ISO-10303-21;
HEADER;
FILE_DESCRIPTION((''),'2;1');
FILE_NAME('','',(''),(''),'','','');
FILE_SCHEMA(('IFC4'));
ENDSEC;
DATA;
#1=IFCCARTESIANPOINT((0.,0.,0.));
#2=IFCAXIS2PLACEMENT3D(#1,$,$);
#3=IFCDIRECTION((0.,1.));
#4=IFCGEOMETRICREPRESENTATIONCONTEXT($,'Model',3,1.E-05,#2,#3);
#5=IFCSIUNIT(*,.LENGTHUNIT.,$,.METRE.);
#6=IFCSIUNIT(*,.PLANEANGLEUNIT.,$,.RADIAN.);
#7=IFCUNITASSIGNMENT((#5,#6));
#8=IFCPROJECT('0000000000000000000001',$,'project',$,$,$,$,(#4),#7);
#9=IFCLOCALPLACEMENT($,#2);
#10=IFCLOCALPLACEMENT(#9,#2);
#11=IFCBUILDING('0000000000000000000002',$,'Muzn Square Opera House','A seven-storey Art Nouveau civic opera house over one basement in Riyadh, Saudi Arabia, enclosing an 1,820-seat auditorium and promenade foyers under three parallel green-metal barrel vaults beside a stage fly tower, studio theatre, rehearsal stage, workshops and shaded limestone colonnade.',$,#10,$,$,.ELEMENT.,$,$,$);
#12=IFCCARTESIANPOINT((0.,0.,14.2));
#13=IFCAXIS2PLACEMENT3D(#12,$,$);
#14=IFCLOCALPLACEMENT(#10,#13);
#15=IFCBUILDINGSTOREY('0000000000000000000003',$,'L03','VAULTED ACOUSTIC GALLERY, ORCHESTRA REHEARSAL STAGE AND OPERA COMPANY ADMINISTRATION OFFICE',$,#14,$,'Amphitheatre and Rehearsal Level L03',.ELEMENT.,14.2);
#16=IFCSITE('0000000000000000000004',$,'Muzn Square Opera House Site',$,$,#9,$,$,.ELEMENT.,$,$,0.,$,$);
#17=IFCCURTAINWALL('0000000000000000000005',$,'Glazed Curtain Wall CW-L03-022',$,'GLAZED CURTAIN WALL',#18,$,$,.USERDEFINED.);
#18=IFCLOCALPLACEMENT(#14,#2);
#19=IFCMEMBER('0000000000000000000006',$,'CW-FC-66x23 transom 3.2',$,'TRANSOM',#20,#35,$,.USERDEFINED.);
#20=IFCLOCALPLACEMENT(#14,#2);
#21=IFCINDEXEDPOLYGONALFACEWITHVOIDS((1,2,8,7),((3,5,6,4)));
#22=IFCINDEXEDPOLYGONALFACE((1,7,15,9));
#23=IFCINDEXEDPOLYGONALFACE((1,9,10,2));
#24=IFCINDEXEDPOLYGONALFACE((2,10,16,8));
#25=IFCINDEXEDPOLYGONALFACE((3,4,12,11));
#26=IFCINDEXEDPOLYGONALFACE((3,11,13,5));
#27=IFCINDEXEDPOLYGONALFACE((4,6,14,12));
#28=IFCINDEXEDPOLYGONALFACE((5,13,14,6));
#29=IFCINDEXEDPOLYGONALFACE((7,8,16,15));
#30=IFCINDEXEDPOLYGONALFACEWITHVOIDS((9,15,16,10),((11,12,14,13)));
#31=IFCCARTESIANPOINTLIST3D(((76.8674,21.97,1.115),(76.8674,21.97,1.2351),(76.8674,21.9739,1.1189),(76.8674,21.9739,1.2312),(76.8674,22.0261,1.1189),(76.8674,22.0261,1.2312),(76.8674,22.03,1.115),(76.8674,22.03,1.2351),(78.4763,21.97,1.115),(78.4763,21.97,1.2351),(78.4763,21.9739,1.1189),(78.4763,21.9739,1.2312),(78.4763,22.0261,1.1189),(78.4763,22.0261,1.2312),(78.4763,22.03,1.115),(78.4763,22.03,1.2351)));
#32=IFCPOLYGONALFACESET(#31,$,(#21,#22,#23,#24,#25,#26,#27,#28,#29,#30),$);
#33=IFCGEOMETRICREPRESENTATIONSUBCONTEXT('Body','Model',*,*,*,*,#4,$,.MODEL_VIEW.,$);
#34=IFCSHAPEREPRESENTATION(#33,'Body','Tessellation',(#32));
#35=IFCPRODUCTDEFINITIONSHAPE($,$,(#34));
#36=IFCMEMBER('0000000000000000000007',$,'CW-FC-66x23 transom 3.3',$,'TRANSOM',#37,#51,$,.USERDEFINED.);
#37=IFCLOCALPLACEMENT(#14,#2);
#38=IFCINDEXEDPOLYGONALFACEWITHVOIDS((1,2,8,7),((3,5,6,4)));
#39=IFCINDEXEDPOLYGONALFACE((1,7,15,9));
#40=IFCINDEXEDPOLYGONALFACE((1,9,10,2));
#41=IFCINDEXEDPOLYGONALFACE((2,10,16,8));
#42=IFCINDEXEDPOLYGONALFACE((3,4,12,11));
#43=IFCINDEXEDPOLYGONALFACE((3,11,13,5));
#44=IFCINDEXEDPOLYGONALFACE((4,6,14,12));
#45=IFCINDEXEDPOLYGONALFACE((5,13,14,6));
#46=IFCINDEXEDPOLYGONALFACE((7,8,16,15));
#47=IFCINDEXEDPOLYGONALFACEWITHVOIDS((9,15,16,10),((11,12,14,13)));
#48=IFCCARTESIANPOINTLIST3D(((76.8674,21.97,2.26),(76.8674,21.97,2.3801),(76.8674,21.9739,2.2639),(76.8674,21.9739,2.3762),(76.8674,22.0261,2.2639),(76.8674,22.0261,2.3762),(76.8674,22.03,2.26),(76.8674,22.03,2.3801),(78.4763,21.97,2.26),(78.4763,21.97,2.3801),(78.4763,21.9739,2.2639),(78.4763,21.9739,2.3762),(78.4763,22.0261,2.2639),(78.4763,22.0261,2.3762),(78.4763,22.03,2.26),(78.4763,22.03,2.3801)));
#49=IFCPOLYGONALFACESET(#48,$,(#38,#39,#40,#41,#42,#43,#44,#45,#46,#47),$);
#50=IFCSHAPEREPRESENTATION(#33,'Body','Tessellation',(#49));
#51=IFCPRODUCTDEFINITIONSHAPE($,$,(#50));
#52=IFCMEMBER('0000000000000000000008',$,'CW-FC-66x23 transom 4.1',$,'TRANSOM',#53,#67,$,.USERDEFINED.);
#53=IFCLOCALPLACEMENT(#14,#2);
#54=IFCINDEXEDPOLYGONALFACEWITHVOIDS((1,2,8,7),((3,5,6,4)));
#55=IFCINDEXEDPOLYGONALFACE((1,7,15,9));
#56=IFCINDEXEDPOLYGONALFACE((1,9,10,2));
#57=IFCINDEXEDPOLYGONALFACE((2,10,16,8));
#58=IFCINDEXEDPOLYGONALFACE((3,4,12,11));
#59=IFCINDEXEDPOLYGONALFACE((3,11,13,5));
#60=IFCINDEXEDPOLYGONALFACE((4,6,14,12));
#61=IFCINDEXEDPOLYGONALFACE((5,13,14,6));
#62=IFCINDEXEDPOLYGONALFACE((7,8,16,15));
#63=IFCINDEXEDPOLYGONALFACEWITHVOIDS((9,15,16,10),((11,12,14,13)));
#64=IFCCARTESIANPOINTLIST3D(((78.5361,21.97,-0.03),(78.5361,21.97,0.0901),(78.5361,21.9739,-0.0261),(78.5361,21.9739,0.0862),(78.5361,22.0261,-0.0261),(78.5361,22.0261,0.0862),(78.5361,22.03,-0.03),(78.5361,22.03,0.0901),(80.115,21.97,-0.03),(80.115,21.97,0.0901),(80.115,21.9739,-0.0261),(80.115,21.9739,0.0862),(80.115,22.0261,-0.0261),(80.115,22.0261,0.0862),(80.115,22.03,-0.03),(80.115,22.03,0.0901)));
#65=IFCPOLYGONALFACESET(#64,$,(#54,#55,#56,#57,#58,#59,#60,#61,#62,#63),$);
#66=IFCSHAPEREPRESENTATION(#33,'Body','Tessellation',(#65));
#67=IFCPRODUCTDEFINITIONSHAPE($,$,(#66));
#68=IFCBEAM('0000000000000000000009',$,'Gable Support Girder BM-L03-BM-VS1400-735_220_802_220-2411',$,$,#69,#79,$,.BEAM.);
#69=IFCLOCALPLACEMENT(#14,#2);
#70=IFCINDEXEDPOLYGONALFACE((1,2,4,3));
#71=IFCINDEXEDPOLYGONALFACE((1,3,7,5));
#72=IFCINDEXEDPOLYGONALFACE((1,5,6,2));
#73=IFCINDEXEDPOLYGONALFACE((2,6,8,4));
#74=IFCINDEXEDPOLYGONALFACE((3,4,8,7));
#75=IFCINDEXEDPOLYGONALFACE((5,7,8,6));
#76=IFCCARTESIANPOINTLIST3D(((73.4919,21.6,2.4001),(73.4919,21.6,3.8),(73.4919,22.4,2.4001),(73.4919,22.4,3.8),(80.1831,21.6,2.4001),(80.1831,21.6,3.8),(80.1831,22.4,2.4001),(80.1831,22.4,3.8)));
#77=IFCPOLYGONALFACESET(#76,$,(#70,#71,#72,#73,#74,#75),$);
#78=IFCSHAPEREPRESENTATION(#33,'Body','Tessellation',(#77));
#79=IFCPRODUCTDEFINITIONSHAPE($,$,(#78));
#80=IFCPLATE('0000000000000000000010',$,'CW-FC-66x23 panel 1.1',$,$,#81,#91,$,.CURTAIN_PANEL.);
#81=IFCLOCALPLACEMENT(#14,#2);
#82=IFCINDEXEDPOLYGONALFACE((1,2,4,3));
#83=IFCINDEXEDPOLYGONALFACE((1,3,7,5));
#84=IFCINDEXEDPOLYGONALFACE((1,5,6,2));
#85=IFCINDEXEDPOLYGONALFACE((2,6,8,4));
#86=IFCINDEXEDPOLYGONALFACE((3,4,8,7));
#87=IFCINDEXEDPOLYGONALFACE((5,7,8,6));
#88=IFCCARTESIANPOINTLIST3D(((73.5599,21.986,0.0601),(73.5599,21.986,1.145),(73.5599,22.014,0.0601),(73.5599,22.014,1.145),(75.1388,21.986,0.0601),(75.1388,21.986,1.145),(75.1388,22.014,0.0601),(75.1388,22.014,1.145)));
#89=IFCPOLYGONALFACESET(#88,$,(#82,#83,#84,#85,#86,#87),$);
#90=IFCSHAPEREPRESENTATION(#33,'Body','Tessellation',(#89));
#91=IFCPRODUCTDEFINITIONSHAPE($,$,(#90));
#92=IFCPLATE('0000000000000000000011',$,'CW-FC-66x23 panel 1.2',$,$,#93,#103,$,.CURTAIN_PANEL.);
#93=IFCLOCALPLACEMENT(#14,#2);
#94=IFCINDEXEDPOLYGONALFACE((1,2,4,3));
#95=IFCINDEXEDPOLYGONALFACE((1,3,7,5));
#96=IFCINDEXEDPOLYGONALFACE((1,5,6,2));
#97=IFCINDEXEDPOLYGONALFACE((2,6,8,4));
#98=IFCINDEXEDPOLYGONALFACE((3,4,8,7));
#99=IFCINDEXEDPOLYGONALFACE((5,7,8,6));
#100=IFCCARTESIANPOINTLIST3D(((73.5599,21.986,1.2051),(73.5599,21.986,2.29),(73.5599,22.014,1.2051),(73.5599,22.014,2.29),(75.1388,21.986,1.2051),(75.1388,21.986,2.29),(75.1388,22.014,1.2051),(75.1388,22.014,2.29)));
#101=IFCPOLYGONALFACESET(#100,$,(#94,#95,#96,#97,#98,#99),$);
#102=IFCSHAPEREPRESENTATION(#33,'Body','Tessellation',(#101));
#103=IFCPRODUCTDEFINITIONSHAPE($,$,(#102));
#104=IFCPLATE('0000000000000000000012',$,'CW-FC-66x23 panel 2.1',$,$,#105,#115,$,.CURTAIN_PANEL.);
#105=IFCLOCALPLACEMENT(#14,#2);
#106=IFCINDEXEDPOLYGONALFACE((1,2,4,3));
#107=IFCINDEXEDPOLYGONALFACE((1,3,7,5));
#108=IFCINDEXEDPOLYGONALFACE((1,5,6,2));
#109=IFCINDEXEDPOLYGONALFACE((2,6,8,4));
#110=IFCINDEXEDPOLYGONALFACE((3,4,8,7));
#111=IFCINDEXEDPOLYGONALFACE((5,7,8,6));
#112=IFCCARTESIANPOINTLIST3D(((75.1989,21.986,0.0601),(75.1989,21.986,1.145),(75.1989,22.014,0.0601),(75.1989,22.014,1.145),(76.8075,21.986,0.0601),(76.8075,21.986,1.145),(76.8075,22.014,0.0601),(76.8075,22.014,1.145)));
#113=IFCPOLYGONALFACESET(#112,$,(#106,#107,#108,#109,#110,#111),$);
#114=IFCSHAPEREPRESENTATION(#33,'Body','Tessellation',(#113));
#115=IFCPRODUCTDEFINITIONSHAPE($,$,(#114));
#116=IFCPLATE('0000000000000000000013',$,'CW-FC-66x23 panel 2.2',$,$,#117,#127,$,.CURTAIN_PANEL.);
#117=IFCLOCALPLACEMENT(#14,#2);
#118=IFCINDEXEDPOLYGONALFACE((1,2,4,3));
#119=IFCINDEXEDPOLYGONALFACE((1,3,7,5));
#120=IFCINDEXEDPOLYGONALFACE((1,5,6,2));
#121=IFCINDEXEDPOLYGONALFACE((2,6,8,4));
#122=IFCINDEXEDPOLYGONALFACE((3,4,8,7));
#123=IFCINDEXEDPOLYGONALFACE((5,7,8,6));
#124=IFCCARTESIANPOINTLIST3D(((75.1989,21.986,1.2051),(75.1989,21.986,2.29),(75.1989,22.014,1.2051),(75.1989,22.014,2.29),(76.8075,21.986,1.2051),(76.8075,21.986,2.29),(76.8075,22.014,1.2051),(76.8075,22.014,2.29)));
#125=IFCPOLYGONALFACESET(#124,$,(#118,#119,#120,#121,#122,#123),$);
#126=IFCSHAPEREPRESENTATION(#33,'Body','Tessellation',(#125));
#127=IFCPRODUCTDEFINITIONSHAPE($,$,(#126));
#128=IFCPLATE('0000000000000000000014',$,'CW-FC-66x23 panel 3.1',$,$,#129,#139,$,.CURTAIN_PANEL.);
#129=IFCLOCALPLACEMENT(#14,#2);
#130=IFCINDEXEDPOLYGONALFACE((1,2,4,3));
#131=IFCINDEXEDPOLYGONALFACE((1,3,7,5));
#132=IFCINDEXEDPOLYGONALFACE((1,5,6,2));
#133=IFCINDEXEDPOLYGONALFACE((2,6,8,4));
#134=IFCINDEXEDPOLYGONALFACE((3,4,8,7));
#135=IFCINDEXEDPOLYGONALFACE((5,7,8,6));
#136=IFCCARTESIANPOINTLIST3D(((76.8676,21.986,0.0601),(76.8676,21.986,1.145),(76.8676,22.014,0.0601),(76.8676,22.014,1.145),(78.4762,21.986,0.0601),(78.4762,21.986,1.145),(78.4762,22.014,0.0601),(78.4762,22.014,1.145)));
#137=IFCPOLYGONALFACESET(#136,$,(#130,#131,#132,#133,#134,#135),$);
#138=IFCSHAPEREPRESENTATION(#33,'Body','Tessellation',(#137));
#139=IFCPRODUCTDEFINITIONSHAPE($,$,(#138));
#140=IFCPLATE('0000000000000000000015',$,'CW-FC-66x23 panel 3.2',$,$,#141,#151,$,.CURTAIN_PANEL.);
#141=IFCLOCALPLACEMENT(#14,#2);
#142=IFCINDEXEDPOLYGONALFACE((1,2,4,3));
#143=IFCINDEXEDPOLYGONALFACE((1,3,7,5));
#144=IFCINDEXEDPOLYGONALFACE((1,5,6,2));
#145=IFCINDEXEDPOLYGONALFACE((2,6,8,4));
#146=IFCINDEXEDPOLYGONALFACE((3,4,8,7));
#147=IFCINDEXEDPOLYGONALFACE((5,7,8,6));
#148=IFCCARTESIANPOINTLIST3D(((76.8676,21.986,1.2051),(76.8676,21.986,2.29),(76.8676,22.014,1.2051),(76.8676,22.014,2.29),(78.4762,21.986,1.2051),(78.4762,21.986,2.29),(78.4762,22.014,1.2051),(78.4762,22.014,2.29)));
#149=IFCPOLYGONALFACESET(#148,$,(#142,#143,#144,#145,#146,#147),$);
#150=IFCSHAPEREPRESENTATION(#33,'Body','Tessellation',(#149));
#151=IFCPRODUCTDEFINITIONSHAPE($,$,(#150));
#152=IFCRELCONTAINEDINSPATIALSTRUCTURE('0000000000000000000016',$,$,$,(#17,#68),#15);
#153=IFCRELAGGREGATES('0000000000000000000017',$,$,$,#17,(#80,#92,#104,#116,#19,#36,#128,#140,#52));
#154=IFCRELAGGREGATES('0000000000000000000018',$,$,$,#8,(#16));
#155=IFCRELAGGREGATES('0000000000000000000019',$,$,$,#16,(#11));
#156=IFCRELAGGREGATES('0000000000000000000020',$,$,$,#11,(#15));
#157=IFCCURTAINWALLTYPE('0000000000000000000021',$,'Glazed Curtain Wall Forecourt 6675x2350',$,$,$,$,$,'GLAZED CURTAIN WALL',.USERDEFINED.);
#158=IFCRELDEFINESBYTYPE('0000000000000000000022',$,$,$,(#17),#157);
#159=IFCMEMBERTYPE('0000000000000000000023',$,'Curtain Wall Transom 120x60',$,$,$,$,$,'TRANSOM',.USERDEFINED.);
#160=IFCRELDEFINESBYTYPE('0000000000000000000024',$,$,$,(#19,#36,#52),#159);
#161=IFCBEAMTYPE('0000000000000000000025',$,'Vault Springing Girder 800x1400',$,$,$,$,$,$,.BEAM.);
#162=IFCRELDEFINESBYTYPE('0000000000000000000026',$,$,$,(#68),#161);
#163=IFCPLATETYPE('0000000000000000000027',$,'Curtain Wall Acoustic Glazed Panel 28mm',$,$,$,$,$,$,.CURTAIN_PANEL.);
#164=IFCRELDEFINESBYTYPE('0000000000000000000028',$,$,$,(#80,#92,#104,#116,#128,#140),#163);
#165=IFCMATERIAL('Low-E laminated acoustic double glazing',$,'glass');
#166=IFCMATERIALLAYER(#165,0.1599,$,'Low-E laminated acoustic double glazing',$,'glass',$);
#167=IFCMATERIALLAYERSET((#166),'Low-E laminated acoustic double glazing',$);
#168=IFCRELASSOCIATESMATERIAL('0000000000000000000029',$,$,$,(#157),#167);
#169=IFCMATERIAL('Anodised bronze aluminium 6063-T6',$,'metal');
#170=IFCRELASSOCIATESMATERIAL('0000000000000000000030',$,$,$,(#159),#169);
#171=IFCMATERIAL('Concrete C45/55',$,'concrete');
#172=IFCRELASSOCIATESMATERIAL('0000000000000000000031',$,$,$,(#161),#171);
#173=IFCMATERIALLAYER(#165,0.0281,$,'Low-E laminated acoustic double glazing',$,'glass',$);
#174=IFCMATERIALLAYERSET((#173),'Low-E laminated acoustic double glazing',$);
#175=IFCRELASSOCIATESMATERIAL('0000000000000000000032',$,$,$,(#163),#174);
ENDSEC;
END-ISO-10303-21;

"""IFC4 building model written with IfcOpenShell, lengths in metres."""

from ifc_helpers import new_model, si_unit, direction, frame, origin, origin_2d, place, context, subcontext, project, spatial, rectangle, hollow_rectangle, extrude, material, layer, layer_set, material_profile, profile_set, type_object, element, aggregate, save


model = new_model("IFC4")

# Units and contexts
model_context = context("Model", 3, precision=1e-05, world=origin(), true_north=direction((0.0, 1.0)))
body_context = subcontext(model_context, "Body", "Model", "MODEL_VIEW")
ifc_project = project(units=[si_unit("LENGTHUNIT", "METRE"), si_unit("PLANEANGLEUNIT", "RADIAN")], contexts=[model_context])

# Site, building, storey
site_placement = place(None, origin())
site = spatial("IfcSite", under=ifc_project, at=site_placement, Name="Muzn Square Opera House Site", CompositionType="ELEMENT", RefElevation=0.0)
building_placement = place(site_placement, origin())
building = spatial("IfcBuilding", under=site, at=building_placement, Name="Muzn Square Opera House", Description="A seven-storey Art Nouveau civic opera house over one basement in Riyadh, Saudi Arabia, enclosing an 1,820-seat auditorium and promenade foyers under three parallel green-metal barrel vaults beside a stage fly tower, studio theatre, rehearsal stage, workshops and shaded limestone colonnade.", CompositionType="ELEMENT")
storey_placement = place(building_placement, frame((0.0, 0.0, 14.2)))
storey = spatial("IfcBuildingStorey", under=building, at=storey_placement, Name="L03", Description="VAULTED ACOUSTIC GALLERY, ORCHESTRA REHEARSAL STAGE AND OPERA COMPANY ADMINISTRATION OFFICE", LongName="Amphitheatre and Rehearsal Level L03", CompositionType="ELEMENT", Elevation=14.2)

# Curtain wall, members
ifc_material_1 = material(Name="Low-E laminated acoustic double glazing", Category="glass")
ifc_layer_1 = layer(ifc_material_1, 0.1599, Name="Low-E laminated acoustic double glazing", Category="glass")
ifc_layer_set_1 = layer_set([ifc_layer_1], Name="Low-E laminated acoustic double glazing")
curtain_wall_type = type_object("IfcCurtainWallType", Name="Glazed Curtain Wall Forecourt 6675x2350", ElementType="GLAZED CURTAIN WALL", PredefinedType="USERDEFINED", material=ifc_layer_set_1)
curtain_wall_placement = place(storey_placement, origin())
curtain_wall = element("IfcCurtainWall", 1, at=curtain_wall_placement, inside=storey, type_object=curtain_wall_type, Name="Glazed Curtain Wall CW-L03-022", ObjectType="GLAZED CURTAIN WALL", PredefinedType="USERDEFINED")
ifc_material_2 = material(Name="Anodised bronze aluminium 6063-T6", Category="metal")
ifc_material_profile_1 = material_profile(ifc_material_2, hollow_rectangle(XDim=0.0601, YDim=0.1201, WallThickness=0.0039, at=origin_2d()), Name="ALU 120x60x4", Category="metal")
ifc_profile_set_1 = profile_set([ifc_material_profile_1], Name="Anodised bronze aluminium 6063-T6")
member_type_1 = type_object("IfcMemberType", Name="Curtain Wall Transom 120x60", ElementType="TRANSOM", PredefinedType="USERDEFINED", material=ifc_profile_set_1)
member_1_placement = place(storey_placement, frame((76.8674, 22.0, 1.175), z_axis=(1.0, 0.0, 0.0), x_axis=(0.0, 1.0, 0.0)))
member_1 = element("IfcMember", 2, at=member_1_placement, type_object=member_type_1, Name="CW-FC-66x23 transom 3.2", ObjectType="TRANSOM", PredefinedType="USERDEFINED", context=body_context, shape_type="SweptSolid", body=[
    extrude(hollow_rectangle(XDim=0.0601, YDim=0.1201, WallThickness=0.0039, at=origin_2d()), origin(), (0.0, 0.0, 1.0), 1.6089),
])
member_2_placement = place(storey_placement, frame((76.8674, 22.0, 2.3201), z_axis=(1.0, 0.0, 0.0), x_axis=(0.0, 1.0, 0.0)))
member_2 = element("IfcMember", 3, at=member_2_placement, type_object=member_type_1, Name="CW-FC-66x23 transom 3.3", ObjectType="TRANSOM", PredefinedType="USERDEFINED", context=body_context, shape_type="SweptSolid", body=[
    extrude(hollow_rectangle(XDim=0.0601, YDim=0.1201, WallThickness=0.0039, at=origin_2d()), origin(), (0.0, 0.0, 1.0), 1.6089),
])
member_3_placement = place(storey_placement, frame((78.5361, 22.0, 0.03), z_axis=(1.0, 0.0, 0.0), x_axis=(0.0, 1.0, 0.0)))
member_3 = element("IfcMember", 4, at=member_3_placement, type_object=member_type_1, Name="CW-FC-66x23 transom 4.1", ObjectType="TRANSOM", PredefinedType="USERDEFINED", context=body_context, shape_type="SweptSolid", body=[
    extrude(hollow_rectangle(XDim=0.0601, YDim=0.1201, WallThickness=0.0039, at=origin_2d()), origin(), (0.0, 0.0, 1.0), 1.5789),
])

# Beam
ifc_material_3 = material(Name="Concrete C45/55", Category="concrete")
ifc_material_profile_2 = material_profile(ifc_material_3, rectangle(XDim=0.8, YDim=1.3999, at=origin_2d()), Name="RCB 800x1400", Category="concrete")
ifc_profile_set_2 = profile_set([ifc_material_profile_2], Name="Concrete C45/55")
beam_type = type_object("IfcBeamType", Name="Vault Springing Girder 800x1400", PredefinedType="BEAM", material=ifc_profile_set_2)
beam_placement = place(storey_placement, frame((73.4919, 22.0, 3.1001), z_axis=(1.0, 0.0, 0.0), x_axis=(0.0, 1.0, 0.0)))
element("IfcBeam", 5, at=beam_placement, inside=storey, type_object=beam_type, Name="Gable Support Girder BM-L03-BM-VS1400-735_220_802_220-2411", PredefinedType="BEAM", context=body_context, shape_type="SweptSolid", body=[
    extrude(rectangle(XDim=0.8, YDim=1.3999, at=origin_2d()), origin(), (0.0, 0.0, 1.0), 6.6912),
])

# Plates
ifc_layer_2 = layer(ifc_material_1, 0.0281, Name="Low-E laminated acoustic double glazing", Category="glass")
ifc_layer_set_2 = layer_set([ifc_layer_2], Name="Low-E laminated acoustic double glazing")
plate_type = type_object("IfcPlateType", Name="Curtain Wall Acoustic Glazed Panel 28mm", PredefinedType="CURTAIN_PANEL", material=ifc_layer_set_2)
plate_1_placement = place(storey_placement, frame((74.3494, 22.0, 0.0601), z_axis=(0.0, 0.0, 1.0), x_axis=(1.0, 0.0, 0.0)))
plate_1 = element("IfcPlate", 6, at=plate_1_placement, type_object=plate_type, Name="CW-FC-66x23 panel 1.1", PredefinedType="CURTAIN_PANEL", context=body_context, shape_type="SweptSolid", body=[
    extrude(rectangle(XDim=1.5789, YDim=0.0281, at=origin_2d()), origin(), (0.0, 0.0, 1.0), 1.085),
])
plate_2_placement = place(storey_placement, frame((74.3494, 22.0, 1.2051), z_axis=(0.0, 0.0, 1.0), x_axis=(1.0, 0.0, 0.0)))
plate_2 = element("IfcPlate", 7, at=plate_2_placement, type_object=plate_type, Name="CW-FC-66x23 panel 1.2", PredefinedType="CURTAIN_PANEL", context=body_context, shape_type="SweptSolid", body=[
    extrude(rectangle(XDim=1.5789, YDim=0.0281, at=origin_2d()), origin(), (0.0, 0.0, 1.0), 1.085),
])
plate_3_placement = place(storey_placement, frame((76.0032, 22.0, 0.0601), z_axis=(0.0, 0.0, 1.0), x_axis=(1.0, 0.0, 0.0)))
plate_3 = element("IfcPlate", 8, at=plate_3_placement, type_object=plate_type, Name="CW-FC-66x23 panel 2.1", PredefinedType="CURTAIN_PANEL", context=body_context, shape_type="SweptSolid", body=[
    extrude(rectangle(XDim=1.6086, YDim=0.0281, at=origin_2d()), origin(), (0.0, 0.0, 1.0), 1.085),
])
plate_4_placement = place(storey_placement, frame((76.0032, 22.0, 1.2051), z_axis=(0.0, 0.0, 1.0), x_axis=(1.0, 0.0, 0.0)))
plate_4 = element("IfcPlate", 9, at=plate_4_placement, type_object=plate_type, Name="CW-FC-66x23 panel 2.2", PredefinedType="CURTAIN_PANEL", context=body_context, shape_type="SweptSolid", body=[
    extrude(rectangle(XDim=1.6086, YDim=0.0281, at=origin_2d()), origin(), (0.0, 0.0, 1.0), 1.085),
])
plate_5_placement = place(storey_placement, frame((77.6719, 22.0, 0.0601), z_axis=(0.0, 0.0, 1.0), x_axis=(1.0, 0.0, 0.0)))
plate_5 = element("IfcPlate", 10, at=plate_5_placement, type_object=plate_type, Name="CW-FC-66x23 panel 3.1", PredefinedType="CURTAIN_PANEL", context=body_context, shape_type="SweptSolid", body=[
    extrude(rectangle(XDim=1.6086, YDim=0.0281, at=origin_2d()), origin(), (0.0, 0.0, 1.0), 1.085),
])
plate_6_placement = place(storey_placement, frame((77.6719, 22.0, 1.2051), z_axis=(0.0, 0.0, 1.0), x_axis=(1.0, 0.0, 0.0)))
plate_6 = element("IfcPlate", 11, at=plate_6_placement, type_object=plate_type, Name="CW-FC-66x23 panel 3.2", PredefinedType="CURTAIN_PANEL", context=body_context, shape_type="SweptSolid", body=[
    extrude(rectangle(XDim=1.6086, YDim=0.0281, at=origin_2d()), origin(), (0.0, 0.0, 1.0), 1.085),
])
aggregate(curtain_wall, [plate_1, plate_2, plate_3, plate_4, member_1, member_2, plate_5, plate_6, member_3])

save(model, "model.ifc")
